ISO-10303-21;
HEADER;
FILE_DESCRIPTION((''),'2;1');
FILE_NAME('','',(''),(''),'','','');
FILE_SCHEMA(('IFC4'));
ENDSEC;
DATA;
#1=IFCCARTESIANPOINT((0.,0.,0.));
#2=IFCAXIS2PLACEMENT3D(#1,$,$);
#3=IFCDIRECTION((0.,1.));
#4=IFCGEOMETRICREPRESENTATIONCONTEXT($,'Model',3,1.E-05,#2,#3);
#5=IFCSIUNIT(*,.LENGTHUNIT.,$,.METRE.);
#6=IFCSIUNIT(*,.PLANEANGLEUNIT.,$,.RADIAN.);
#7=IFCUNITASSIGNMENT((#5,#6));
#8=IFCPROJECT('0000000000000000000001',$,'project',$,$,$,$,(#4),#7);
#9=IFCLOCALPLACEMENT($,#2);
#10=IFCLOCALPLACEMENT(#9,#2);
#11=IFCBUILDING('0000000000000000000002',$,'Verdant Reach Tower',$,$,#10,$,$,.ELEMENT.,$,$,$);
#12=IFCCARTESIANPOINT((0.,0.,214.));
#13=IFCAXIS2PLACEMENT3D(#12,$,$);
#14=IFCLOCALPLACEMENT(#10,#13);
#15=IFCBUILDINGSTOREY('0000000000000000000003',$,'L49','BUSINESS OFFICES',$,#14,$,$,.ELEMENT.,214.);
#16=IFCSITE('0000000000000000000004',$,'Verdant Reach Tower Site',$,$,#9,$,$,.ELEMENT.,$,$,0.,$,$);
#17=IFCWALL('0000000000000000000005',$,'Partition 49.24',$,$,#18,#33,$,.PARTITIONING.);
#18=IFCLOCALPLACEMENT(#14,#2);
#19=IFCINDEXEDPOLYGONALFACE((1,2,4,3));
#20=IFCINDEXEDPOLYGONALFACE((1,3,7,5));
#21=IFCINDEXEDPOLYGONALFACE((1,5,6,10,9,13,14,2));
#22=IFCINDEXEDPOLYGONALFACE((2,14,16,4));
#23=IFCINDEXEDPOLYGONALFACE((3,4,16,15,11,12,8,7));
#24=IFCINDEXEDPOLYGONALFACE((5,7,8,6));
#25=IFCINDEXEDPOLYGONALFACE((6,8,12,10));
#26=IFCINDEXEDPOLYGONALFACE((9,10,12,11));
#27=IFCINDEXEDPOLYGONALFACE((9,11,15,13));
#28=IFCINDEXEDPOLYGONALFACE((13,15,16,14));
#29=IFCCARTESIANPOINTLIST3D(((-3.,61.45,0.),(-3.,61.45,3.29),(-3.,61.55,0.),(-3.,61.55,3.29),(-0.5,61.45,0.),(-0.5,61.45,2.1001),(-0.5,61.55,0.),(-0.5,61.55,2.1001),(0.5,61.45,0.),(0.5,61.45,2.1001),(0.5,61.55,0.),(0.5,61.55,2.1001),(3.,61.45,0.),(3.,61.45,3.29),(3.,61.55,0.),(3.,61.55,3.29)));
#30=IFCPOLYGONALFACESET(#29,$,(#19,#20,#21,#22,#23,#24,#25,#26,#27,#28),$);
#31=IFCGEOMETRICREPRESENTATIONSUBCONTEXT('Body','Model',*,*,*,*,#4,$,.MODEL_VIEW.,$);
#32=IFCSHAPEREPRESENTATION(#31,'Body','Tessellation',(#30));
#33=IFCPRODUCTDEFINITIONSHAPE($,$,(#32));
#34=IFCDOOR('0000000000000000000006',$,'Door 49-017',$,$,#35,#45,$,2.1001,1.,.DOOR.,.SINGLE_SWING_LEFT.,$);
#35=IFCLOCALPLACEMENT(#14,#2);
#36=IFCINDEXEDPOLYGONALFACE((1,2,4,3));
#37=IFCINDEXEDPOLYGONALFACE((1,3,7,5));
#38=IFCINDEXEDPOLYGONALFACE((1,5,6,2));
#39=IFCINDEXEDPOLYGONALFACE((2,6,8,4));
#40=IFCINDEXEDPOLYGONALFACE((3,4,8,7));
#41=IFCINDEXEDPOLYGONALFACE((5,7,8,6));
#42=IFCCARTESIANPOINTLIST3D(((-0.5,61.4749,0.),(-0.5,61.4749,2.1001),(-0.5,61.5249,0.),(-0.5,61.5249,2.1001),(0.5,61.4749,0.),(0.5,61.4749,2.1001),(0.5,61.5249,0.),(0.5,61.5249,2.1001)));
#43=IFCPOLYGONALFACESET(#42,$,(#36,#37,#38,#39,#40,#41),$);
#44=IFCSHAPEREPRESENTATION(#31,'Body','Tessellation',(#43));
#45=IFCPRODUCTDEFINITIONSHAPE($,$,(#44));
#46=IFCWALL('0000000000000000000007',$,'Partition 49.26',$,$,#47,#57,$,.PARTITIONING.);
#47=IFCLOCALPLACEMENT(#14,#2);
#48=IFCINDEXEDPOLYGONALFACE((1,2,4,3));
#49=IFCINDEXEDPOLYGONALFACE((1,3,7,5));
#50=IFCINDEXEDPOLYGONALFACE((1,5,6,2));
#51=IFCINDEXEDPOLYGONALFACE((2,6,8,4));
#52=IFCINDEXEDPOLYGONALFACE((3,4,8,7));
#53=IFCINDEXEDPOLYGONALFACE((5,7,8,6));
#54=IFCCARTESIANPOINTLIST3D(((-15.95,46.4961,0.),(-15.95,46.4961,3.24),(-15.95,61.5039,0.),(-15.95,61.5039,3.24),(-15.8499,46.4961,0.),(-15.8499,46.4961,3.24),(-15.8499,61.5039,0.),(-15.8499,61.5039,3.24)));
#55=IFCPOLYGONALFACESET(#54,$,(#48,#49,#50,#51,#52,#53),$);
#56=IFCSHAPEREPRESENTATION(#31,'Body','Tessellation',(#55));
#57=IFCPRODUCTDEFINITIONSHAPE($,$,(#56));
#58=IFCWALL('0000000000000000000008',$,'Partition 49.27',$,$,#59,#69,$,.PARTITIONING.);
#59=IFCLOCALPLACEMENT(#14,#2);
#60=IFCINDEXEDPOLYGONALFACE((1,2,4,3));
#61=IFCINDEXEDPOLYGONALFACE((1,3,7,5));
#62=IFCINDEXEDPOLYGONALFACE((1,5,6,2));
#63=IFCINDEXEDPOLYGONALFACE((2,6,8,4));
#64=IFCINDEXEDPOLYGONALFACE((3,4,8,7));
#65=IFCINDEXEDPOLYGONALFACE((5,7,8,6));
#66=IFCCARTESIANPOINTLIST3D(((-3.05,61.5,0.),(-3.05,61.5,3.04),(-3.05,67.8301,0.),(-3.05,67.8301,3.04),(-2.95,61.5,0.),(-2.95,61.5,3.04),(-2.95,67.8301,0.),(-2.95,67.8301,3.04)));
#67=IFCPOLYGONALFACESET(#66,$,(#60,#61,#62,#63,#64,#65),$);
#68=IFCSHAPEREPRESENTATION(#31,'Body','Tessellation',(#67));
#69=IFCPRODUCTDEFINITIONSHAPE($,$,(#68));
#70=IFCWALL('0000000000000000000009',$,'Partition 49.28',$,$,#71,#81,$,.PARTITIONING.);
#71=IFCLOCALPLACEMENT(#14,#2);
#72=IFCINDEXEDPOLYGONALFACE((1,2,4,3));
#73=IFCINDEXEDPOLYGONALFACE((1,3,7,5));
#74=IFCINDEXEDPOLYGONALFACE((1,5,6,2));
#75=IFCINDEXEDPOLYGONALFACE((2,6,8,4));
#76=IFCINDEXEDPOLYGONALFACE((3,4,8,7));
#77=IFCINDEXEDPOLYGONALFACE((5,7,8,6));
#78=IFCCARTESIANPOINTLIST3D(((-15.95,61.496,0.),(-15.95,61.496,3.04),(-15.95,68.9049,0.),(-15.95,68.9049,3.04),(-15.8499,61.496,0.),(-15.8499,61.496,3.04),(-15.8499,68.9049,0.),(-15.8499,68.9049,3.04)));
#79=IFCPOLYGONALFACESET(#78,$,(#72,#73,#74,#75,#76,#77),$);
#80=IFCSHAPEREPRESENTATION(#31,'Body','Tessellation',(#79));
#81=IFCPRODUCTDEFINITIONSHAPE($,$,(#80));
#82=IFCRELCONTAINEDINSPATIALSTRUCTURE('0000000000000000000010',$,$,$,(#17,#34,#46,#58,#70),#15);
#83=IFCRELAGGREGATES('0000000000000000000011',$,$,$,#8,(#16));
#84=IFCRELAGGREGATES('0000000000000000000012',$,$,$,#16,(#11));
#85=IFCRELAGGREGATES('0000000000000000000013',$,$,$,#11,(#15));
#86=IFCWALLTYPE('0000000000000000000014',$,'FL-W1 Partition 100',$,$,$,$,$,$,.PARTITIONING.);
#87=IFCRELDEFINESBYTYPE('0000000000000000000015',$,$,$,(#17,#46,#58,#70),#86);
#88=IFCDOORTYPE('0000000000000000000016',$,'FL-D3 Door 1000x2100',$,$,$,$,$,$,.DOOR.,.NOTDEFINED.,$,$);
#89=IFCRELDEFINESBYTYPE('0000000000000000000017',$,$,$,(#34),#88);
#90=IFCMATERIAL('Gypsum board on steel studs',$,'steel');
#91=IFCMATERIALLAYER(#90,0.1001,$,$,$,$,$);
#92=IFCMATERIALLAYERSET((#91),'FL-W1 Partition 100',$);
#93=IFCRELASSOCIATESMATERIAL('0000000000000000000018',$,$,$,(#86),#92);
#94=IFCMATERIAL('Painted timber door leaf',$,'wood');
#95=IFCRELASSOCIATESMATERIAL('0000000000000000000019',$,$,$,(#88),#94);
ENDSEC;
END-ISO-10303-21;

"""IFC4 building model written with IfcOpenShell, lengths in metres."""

from ifc_helpers import new_model, si_unit, direction, frame, frame_2d, origin, place, context, subcontext, project, spatial, rectangle, extrude, material, layer, layer_set, type_object, element, fill, save


model = new_model("IFC4")

# Units and contexts
model_context = context("Model", 3, precision=1e-05, world=origin(), true_north=direction((0.0, 1.0)))
body_context = subcontext(model_context, "Body", "Model", "MODEL_VIEW")
ifc_project = project(units=[si_unit("LENGTHUNIT", "METRE"), si_unit("PLANEANGLEUNIT", "RADIAN")], contexts=[model_context])

# Site, building, storey
site_placement = place(None, origin())
site = spatial("IfcSite", under=ifc_project, at=site_placement, Name="Verdant Reach Tower Site", CompositionType="ELEMENT", RefElevation=0.0)
building_placement = place(site_placement, origin())
building = spatial("IfcBuilding", under=site, at=building_placement, Name="Verdant Reach Tower", CompositionType="ELEMENT")
storey_placement = place(building_placement, frame((0.0, 0.0, 214.0)))
storey = spatial("IfcBuildingStorey", under=building, at=storey_placement, Name="L49", Description="BUSINESS OFFICES", CompositionType="ELEMENT", Elevation=214.0)

# Wall, opening, door
ifc_material_1 = material(Name="Gypsum board on steel studs", Category="steel")
ifc_layer_1 = layer(ifc_material_1, 0.1001)
ifc_layer_set_1 = layer_set([ifc_layer_1], Name="FL-W1 Partition 100")
wall_type = type_object("IfcWallType", Name="FL-W1 Partition 100", PredefinedType="PARTITIONING", material=ifc_layer_set_1)
ifc_material_2 = material(Name="Painted timber door leaf", Category="wood")
door_type = type_object("IfcDoorType", Name="FL-D3 Door 1000x2100", OperationType="NOTDEFINED", PredefinedType="DOOR", material=ifc_material_2)
wall_1_placement = place(storey_placement, frame((-3.0, 61.5, 0.0), z_axis=(0.0, 0.0, 1.0), x_axis=(1.0, 0.0, 0.0)))
wall_1 = element("IfcWall", 1, at=wall_1_placement, inside=storey, type_object=wall_type, Name="Partition 49.24", PredefinedType="PARTITIONING", context=body_context, shape_type="SweptSolid", body=[
    extrude(rectangle(XDim=6.0, YDim=0.1001, at=frame_2d((3.0, 0.0))), origin(), (0.0, 0.0, 1.0), 3.29),
])
opening_1_placement = place(wall_1_placement, frame((2.5, 0.0, 0.0)))
opening_1 = element("IfcOpeningElement", 2, at=opening_1_placement, cuts=wall_1, PredefinedType="OPENING", context=body_context, shape_type="SweptSolid", body=[
    extrude(rectangle(XDim=1.0, YDim=2.1001, at=frame_2d((0.5, 1.05))), frame((0.0, 0.0601, 0.0), z_axis=(0.0, -1.0, 0.0), x_axis=(1.0, 0.0, 0.0)), (0.0, 0.0, 1.0), 0.1201),
])
door_1_placement = place(opening_1_placement, origin())
door_1 = element("IfcDoor", 3, at=door_1_placement, inside=storey, type_object=door_type, Name="Door 49-017", OperationType="SINGLE_SWING_LEFT", OverallHeight=2.1001, OverallWidth=1.0, PredefinedType="DOOR", context=body_context, shape_type="SweptSolid", body=[
    extrude(rectangle(XDim=1.0, YDim=2.1001, at=frame_2d((0.5, 1.05))), frame((0.0, 0.0249, 0.0), z_axis=(0.0, -1.0, 0.0), x_axis=(1.0, 0.0, 0.0)), (0.0, 0.0, 1.0), 0.05),
])
fill(opening_1, door_1)

# Walls
wall_2_placement = place(storey_placement, frame((-15.8999, 61.5039, 0.0), z_axis=(0.0, 0.0, 1.0), x_axis=(0.0, -1.0, 0.0)))
element("IfcWall", 4, at=wall_2_placement, inside=storey, type_object=wall_type, Name="Partition 49.26", PredefinedType="PARTITIONING", context=body_context, shape_type="SweptSolid", body=[
    extrude(rectangle(XDim=15.0078, YDim=0.1001, at=frame_2d((7.5039, 0.0))), origin(), (0.0, 0.0, 1.0), 3.24),
])
wall_3_placement = place(storey_placement, frame((-3.0, 61.5, 0.0), z_axis=(0.0, 0.0, 1.0), x_axis=(0.0, 1.0, 0.0)))
element("IfcWall", 5, at=wall_3_placement, inside=storey, type_object=wall_type, Name="Partition 49.27", PredefinedType="PARTITIONING", context=body_context, shape_type="SweptSolid", body=[
    extrude(rectangle(XDim=6.3301, YDim=0.1001, at=frame_2d((3.165, 0.0))), origin(), (0.0, 0.0, 1.0), 3.04),
])
wall_4_placement = place(storey_placement, frame((-15.8999, 68.905, 0.0), z_axis=(0.0, 0.0, 1.0), x_axis=(0.0, -1.0, 0.0)))
element("IfcWall", 6, at=wall_4_placement, inside=storey, type_object=wall_type, Name="Partition 49.28", PredefinedType="PARTITIONING", context=body_context, shape_type="SweptSolid", body=[
    extrude(rectangle(XDim=7.4089, YDim=0.1001, at=frame_2d((3.7046, 0.0))), origin(), (0.0, 0.0, 1.0), 3.04),
])

save(model, "model.ifc")
